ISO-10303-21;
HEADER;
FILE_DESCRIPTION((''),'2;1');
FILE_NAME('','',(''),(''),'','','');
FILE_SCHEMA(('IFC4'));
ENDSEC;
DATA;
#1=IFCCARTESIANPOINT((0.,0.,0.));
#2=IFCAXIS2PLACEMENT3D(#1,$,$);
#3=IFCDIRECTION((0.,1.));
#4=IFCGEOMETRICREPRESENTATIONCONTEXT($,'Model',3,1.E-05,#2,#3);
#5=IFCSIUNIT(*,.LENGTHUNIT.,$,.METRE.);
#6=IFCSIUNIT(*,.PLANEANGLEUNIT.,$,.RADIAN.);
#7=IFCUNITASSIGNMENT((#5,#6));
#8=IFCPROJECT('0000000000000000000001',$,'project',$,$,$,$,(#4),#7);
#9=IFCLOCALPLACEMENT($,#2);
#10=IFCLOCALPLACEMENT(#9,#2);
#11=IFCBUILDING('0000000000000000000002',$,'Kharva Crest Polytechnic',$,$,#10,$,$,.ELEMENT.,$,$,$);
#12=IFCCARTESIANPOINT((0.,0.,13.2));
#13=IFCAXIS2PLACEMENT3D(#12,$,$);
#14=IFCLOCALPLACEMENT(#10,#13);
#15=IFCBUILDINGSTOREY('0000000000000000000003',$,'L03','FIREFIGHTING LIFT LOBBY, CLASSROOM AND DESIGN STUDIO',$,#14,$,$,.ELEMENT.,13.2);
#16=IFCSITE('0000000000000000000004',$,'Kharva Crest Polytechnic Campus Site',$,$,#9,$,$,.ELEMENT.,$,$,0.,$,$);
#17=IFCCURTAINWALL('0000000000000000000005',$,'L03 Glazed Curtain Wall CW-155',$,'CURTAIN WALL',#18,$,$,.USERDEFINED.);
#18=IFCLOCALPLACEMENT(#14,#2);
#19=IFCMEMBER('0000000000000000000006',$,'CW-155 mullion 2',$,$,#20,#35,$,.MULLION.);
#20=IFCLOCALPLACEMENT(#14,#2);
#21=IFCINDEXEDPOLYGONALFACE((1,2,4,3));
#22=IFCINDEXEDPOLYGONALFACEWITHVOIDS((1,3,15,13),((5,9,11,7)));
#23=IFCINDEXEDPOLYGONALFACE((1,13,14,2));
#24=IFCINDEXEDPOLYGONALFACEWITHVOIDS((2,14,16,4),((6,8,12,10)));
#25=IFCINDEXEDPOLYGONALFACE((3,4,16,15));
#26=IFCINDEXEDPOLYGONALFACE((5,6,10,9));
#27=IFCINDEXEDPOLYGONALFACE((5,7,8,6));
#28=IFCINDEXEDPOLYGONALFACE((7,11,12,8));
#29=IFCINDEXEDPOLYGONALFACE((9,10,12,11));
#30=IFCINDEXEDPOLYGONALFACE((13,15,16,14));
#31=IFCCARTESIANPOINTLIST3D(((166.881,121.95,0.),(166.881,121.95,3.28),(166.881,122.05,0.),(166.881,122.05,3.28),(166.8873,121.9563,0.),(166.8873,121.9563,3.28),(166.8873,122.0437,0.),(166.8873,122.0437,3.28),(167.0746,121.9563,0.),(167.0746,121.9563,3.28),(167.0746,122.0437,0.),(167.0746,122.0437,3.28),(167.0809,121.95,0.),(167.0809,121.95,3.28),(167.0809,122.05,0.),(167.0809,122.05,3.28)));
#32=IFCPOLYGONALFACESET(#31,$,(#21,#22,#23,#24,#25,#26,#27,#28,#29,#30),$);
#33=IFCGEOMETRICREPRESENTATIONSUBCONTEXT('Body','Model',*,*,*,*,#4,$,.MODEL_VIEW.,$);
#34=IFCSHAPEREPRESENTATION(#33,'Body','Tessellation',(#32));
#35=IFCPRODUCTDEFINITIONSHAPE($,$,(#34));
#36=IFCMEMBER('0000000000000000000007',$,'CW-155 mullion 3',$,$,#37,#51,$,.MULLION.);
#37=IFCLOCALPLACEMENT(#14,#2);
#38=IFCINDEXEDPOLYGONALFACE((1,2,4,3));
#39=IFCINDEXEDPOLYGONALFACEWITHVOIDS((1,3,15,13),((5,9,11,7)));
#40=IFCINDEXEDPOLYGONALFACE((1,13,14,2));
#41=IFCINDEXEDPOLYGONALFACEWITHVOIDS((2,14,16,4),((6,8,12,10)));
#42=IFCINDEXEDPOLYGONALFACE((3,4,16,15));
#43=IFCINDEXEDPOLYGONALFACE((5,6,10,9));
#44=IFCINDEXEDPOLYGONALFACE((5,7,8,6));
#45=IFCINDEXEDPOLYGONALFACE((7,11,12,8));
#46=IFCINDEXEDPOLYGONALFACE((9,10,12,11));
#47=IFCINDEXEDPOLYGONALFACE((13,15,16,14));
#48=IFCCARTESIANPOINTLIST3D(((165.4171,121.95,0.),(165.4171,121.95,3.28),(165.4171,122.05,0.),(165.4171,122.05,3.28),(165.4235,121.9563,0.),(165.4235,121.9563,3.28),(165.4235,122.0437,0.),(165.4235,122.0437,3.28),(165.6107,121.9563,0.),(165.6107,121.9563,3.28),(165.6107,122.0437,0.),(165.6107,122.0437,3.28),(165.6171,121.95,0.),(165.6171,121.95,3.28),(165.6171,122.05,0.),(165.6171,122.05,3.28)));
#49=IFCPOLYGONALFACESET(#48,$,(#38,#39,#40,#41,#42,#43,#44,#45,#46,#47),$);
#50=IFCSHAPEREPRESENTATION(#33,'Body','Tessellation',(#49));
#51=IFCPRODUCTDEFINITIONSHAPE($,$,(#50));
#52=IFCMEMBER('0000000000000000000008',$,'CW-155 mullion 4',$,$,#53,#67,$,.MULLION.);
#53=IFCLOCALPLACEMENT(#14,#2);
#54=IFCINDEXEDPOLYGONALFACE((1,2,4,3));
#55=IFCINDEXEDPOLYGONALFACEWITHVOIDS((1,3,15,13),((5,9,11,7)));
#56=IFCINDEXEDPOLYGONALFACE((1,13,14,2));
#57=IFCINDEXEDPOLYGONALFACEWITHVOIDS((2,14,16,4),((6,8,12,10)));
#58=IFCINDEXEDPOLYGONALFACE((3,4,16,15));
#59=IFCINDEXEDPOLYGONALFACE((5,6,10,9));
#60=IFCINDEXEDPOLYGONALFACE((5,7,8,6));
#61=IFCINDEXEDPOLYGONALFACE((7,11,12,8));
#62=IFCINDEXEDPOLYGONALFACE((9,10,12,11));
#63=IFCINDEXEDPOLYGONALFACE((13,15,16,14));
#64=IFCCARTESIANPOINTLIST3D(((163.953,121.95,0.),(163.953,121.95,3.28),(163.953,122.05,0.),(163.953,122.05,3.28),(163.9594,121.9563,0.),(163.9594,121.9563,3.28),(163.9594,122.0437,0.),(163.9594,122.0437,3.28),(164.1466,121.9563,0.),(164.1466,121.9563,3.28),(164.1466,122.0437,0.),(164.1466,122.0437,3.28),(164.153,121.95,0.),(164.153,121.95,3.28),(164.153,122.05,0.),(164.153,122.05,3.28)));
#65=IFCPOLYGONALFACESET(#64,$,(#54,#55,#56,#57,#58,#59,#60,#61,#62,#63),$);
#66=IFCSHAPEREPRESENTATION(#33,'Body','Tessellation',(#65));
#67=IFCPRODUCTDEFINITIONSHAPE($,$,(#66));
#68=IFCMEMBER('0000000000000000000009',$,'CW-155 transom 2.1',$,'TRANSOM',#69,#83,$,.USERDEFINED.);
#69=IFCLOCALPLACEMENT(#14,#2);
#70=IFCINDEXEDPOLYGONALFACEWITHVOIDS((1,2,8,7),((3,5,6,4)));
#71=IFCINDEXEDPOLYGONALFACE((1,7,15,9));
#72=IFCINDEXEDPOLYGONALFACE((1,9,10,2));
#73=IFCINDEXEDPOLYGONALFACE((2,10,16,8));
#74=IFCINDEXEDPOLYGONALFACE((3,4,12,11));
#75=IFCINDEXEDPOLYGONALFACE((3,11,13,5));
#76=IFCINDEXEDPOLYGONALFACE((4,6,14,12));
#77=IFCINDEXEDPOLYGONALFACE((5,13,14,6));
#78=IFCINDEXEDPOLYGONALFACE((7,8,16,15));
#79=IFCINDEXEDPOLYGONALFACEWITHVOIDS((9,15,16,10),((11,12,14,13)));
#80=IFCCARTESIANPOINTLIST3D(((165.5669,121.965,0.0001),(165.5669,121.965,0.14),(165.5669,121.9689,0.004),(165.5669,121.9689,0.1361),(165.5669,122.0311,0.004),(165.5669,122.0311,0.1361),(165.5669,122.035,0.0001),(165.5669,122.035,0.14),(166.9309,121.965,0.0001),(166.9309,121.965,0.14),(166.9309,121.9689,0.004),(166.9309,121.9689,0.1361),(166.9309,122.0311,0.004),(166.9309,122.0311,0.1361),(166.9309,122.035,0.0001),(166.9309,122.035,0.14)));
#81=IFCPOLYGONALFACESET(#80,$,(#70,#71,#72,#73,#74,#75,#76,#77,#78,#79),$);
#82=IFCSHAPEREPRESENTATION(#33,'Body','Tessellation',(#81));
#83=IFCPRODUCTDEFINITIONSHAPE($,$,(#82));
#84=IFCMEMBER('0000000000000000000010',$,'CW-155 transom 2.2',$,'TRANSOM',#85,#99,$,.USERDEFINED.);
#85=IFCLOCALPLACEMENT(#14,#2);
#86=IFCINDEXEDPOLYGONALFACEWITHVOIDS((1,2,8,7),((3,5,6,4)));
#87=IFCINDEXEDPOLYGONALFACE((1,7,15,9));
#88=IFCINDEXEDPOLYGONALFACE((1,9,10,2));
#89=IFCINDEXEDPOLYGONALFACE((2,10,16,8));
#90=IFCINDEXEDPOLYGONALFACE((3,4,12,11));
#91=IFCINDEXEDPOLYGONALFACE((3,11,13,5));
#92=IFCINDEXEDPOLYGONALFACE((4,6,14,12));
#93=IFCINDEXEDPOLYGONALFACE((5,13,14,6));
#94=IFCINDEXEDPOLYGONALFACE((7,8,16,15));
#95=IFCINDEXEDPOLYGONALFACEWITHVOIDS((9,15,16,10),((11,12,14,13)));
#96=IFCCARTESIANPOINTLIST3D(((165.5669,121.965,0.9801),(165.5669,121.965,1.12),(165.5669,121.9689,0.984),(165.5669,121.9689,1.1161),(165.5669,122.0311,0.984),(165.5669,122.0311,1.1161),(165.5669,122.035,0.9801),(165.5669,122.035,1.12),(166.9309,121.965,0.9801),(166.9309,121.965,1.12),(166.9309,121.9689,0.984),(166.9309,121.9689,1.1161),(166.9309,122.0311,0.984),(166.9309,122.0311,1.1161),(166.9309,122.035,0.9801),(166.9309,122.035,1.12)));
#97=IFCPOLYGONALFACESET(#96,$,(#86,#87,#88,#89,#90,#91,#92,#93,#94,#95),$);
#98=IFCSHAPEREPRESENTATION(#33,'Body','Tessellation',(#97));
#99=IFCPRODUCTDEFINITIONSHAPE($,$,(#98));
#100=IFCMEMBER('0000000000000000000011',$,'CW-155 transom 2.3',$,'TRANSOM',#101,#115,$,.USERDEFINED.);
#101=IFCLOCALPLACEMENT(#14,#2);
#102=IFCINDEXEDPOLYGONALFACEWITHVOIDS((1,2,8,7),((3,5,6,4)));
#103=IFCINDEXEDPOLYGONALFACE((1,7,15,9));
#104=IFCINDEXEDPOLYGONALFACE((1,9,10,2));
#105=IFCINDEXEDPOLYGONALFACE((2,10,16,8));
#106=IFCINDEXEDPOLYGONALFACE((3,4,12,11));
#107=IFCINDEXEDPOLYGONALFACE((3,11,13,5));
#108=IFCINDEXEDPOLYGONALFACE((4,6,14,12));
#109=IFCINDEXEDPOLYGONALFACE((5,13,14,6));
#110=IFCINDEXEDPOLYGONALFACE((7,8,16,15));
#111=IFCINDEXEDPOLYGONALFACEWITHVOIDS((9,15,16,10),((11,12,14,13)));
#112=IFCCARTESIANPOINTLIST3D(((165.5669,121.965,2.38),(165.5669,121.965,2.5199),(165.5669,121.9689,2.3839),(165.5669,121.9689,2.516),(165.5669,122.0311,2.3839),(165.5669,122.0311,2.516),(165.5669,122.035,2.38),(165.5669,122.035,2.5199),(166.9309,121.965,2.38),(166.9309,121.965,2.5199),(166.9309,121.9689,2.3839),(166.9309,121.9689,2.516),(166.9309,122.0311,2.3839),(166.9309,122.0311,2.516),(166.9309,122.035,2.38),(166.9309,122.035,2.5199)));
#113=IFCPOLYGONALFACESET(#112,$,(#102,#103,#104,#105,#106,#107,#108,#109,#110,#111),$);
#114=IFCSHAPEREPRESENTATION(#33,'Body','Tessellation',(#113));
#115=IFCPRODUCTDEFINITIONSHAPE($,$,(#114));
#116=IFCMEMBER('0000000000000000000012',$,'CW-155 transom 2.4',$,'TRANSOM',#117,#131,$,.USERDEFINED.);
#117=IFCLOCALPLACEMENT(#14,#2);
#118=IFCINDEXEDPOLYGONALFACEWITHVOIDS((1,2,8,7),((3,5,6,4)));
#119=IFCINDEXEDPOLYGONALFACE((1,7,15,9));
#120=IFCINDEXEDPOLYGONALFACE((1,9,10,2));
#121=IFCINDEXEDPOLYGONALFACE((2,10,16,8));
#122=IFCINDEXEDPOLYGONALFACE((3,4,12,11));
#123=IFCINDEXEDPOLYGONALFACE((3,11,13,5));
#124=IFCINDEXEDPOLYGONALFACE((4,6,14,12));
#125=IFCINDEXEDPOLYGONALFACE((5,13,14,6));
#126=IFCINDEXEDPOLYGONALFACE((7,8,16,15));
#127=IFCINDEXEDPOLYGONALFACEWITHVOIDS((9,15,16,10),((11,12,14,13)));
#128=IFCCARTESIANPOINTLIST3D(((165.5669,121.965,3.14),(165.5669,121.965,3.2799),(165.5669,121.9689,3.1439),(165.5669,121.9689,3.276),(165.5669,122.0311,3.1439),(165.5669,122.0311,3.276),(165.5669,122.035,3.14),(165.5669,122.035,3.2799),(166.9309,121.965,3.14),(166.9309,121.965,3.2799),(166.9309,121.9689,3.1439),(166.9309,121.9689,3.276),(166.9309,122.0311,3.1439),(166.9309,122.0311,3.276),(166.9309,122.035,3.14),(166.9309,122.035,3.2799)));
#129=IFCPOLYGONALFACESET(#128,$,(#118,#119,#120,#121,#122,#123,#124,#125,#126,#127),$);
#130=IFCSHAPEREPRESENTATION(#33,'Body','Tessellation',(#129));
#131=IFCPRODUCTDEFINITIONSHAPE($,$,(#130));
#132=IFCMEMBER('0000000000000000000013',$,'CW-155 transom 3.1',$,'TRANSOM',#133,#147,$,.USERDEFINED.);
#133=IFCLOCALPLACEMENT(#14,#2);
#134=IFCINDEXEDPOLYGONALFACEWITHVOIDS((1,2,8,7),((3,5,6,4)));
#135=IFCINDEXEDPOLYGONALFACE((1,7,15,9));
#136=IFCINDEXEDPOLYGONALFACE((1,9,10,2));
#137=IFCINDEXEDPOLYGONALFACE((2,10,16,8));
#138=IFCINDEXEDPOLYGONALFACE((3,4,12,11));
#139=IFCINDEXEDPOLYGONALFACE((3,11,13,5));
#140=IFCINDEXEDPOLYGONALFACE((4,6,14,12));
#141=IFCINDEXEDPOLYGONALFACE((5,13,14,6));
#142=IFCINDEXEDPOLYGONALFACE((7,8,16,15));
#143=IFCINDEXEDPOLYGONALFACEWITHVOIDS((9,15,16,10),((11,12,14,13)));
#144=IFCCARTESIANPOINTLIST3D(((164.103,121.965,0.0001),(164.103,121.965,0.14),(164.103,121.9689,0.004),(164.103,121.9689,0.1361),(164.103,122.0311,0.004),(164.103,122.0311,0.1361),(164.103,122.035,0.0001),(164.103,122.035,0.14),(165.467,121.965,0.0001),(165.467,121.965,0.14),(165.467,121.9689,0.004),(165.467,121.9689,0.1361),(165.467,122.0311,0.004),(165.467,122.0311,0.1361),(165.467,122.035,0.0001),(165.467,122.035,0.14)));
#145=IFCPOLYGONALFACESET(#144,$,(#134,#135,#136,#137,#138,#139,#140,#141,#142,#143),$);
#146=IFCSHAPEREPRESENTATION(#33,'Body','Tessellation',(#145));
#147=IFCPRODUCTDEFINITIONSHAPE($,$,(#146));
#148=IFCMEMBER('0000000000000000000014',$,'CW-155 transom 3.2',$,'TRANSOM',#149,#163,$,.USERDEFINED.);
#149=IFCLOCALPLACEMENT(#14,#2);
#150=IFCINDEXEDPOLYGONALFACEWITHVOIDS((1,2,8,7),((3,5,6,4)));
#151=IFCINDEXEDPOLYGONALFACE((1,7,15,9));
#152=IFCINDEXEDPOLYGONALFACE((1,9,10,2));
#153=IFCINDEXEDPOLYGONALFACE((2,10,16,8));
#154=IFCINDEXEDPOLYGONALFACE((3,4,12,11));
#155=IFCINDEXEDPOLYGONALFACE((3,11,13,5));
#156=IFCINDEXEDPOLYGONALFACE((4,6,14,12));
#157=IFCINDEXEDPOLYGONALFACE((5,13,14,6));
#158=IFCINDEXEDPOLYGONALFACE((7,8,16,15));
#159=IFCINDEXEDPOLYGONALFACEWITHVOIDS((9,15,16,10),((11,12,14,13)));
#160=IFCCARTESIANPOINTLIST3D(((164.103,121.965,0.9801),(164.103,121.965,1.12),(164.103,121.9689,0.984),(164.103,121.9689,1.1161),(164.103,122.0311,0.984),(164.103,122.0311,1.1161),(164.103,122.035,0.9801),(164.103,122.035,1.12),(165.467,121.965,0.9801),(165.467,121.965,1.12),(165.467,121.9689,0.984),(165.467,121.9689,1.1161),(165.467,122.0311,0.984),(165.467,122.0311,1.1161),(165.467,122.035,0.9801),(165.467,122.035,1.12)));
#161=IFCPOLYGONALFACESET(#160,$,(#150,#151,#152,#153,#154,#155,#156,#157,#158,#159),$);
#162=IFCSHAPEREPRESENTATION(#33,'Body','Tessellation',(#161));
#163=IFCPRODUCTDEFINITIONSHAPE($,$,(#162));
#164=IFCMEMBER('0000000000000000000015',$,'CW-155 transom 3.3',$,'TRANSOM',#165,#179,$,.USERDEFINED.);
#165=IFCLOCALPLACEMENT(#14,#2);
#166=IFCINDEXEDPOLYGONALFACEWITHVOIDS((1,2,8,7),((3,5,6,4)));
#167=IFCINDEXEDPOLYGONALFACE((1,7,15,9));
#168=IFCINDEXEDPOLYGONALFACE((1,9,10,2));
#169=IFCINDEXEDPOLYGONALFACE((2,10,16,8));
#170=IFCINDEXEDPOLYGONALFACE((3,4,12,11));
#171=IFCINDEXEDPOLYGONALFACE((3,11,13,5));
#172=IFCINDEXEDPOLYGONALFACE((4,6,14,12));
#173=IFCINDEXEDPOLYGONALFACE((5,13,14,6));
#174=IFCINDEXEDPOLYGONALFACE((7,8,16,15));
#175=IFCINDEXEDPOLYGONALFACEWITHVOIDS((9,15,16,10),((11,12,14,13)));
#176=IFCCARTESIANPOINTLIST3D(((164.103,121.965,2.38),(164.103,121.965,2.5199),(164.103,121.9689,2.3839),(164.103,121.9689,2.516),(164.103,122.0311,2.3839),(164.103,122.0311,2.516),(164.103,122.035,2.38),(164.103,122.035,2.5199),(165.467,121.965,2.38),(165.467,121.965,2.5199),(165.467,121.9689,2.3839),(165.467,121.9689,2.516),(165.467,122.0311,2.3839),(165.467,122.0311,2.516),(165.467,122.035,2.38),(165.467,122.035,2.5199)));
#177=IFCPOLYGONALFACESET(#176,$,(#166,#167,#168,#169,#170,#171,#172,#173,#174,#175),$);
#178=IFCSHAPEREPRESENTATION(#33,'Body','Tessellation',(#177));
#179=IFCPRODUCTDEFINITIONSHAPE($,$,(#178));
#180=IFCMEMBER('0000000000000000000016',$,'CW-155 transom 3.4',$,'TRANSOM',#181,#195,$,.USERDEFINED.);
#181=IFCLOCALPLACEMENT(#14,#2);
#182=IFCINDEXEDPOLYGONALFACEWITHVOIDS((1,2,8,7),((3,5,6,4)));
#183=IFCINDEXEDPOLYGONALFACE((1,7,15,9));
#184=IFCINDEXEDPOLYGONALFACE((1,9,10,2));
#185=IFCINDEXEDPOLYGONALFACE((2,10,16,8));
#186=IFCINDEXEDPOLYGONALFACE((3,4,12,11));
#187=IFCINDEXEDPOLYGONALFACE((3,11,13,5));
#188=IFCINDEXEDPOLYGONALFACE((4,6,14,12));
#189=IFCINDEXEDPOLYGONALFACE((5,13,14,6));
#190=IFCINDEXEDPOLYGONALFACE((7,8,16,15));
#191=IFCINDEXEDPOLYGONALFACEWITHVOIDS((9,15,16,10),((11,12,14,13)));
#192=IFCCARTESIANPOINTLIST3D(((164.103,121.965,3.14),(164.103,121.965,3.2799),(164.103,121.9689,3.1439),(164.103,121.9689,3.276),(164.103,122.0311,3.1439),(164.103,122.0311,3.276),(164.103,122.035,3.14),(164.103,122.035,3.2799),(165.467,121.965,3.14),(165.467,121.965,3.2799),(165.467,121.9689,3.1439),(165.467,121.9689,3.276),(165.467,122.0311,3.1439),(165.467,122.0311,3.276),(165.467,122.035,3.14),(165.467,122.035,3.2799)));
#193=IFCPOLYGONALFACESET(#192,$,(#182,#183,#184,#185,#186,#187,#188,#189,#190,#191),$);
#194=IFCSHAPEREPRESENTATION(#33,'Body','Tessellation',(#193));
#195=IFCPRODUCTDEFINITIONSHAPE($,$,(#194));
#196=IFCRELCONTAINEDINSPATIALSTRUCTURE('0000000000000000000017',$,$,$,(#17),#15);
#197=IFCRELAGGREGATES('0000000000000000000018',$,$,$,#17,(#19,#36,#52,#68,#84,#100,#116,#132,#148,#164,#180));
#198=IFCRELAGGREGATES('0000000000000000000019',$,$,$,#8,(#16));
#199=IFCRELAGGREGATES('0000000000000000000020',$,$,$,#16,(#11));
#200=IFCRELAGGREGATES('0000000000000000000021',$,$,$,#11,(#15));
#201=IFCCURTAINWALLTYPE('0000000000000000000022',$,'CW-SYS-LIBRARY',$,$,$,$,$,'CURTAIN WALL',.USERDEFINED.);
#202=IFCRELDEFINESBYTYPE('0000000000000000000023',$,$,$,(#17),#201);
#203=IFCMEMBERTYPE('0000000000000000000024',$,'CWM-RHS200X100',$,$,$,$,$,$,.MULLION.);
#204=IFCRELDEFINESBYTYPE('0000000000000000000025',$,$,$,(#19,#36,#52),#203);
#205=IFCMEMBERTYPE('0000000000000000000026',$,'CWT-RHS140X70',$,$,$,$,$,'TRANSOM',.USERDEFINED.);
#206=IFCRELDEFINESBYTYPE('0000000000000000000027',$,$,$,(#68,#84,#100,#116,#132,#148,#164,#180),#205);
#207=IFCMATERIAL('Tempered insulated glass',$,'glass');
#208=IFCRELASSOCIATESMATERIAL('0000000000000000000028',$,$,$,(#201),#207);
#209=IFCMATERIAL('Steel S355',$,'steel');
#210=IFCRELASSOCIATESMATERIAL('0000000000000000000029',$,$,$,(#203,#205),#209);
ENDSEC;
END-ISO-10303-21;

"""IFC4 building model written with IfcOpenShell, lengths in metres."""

from ifc_helpers import new_model, si_unit, direction, frame, origin, origin_2d, place, context, subcontext, project, spatial, hollow_rectangle, extrude, material, material_profile, profile_set, type_object, element, aggregate, save


model = new_model("IFC4")

# Units and contexts
model_context = context("Model", 3, precision=1e-05, world=origin(), true_north=direction((0.0, 1.0)))
body_context = subcontext(model_context, "Body", "Model", "MODEL_VIEW")
ifc_project = project(units=[si_unit("LENGTHUNIT", "METRE"), si_unit("PLANEANGLEUNIT", "RADIAN")], contexts=[model_context])

# Site, building, storey
site_placement = place(None, origin())
site = spatial("IfcSite", under=ifc_project, at=site_placement, Name="Kharva Crest Polytechnic Campus Site", CompositionType="ELEMENT", RefElevation=0.0)
building_placement = place(site_placement, origin())
building = spatial("IfcBuilding", under=site, at=building_placement, Name="Kharva Crest Polytechnic", CompositionType="ELEMENT")
storey_placement = place(building_placement, frame((0.0, 0.0, 13.2)))
storey = spatial("IfcBuildingStorey", under=building, at=storey_placement, Name="L03", Description="FIREFIGHTING LIFT LOBBY, CLASSROOM AND DESIGN STUDIO", CompositionType="ELEMENT", Elevation=13.2)

# Curtain wall, members
ifc_material_1 = material(Name="Tempered insulated glass", Category="glass")
curtain_wall_type = type_object("IfcCurtainWallType", Name="CW-SYS-LIBRARY", ElementType="CURTAIN WALL", PredefinedType="USERDEFINED", material=ifc_material_1)
curtain_wall_placement = place(storey_placement, origin())
curtain_wall = element("IfcCurtainWall", 1, at=curtain_wall_placement, inside=storey, type_object=curtain_wall_type, Name="L03 Glazed Curtain Wall CW-155", ObjectType="CURTAIN WALL", PredefinedType="USERDEFINED")
ifc_material_2 = material(Name="Steel S355", Category="steel")
ifc_material_profile_1 = material_profile(ifc_material_2, hollow_rectangle(XDim=0.1001, YDim=0.2, WallThickness=0.0063, at=origin_2d()), Name="RHS 200X100X6.3")
ifc_profile_set_1 = profile_set([ifc_material_profile_1], Name="Steel S355")
member_type_1 = type_object("IfcMemberType", Name="CWM-RHS200X100", PredefinedType="MULLION", material=ifc_profile_set_1)
member_1_placement = place(storey_placement, frame((166.981, 122.0, 0.0), z_axis=(0.0, 0.0, 1.0), x_axis=(0.0, -1.0, 0.0)))
member_1 = element("IfcMember", 2, at=member_1_placement, type_object=member_type_1, Name="CW-155 mullion 2", PredefinedType="MULLION", context=body_context, shape_type="SweptSolid", body=[
    extrude(hollow_rectangle(XDim=0.1001, YDim=0.2, WallThickness=0.0063, at=origin_2d()), origin(), (0.0, 0.0, 1.0), 3.28),
])
member_2_placement = place(storey_placement, frame((165.5171, 122.0, 0.0), z_axis=(0.0, 0.0, 1.0), x_axis=(0.0, -1.0, 0.0)))
member_2 = element("IfcMember", 3, at=member_2_placement, type_object=member_type_1, Name="CW-155 mullion 3", PredefinedType="MULLION", context=body_context, shape_type="SweptSolid", body=[
    extrude(hollow_rectangle(XDim=0.1001, YDim=0.2, WallThickness=0.0063, at=origin_2d()), origin(), (0.0, 0.0, 1.0), 3.28),
])
member_3_placement = place(storey_placement, frame((164.053, 122.0, 0.0), z_axis=(0.0, 0.0, 1.0), x_axis=(0.0, -1.0, 0.0)))
member_3 = element("IfcMember", 4, at=member_3_placement, type_object=member_type_1, Name="CW-155 mullion 4", PredefinedType="MULLION", context=body_context, shape_type="SweptSolid", body=[
    extrude(hollow_rectangle(XDim=0.1001, YDim=0.2, WallThickness=0.0063, at=origin_2d()), origin(), (0.0, 0.0, 1.0), 3.28),
])
ifc_material_profile_2 = material_profile(ifc_material_2, hollow_rectangle(XDim=0.0701, YDim=0.1399, WallThickness=0.0039, at=origin_2d()), Name="RHS 140X70X4.0")
ifc_profile_set_2 = profile_set([ifc_material_profile_2], Name="Steel S355")
member_type_2 = type_object("IfcMemberType", Name="CWT-RHS140X70", ElementType="TRANSOM", PredefinedType="USERDEFINED", material=ifc_profile_set_2)
member_4_placement = place(storey_placement, frame((166.9309, 122.0, 0.0701), z_axis=(-1.0, 0.0, 0.0), x_axis=(0.0, -1.0, 0.0)))
member_4 = element("IfcMember", 5, at=member_4_placement, type_object=member_type_2, Name="CW-155 transom 2.1", ObjectType="TRANSOM", PredefinedType="USERDEFINED", context=body_context, shape_type="SweptSolid", body=[
    extrude(hollow_rectangle(XDim=0.0701, YDim=0.1399, WallThickness=0.0039, at=origin_2d()), origin(), (0.0, 0.0, 1.0), 1.364),
])
member_5_placement = place(storey_placement, frame((166.9309, 122.0, 1.05), z_axis=(-1.0, 0.0, 0.0), x_axis=(0.0, -1.0, 0.0)))
member_5 = element("IfcMember", 6, at=member_5_placement, type_object=member_type_2, Name="CW-155 transom 2.2", ObjectType="TRANSOM", PredefinedType="USERDEFINED", context=body_context, shape_type="SweptSolid", body=[
    extrude(hollow_rectangle(XDim=0.0701, YDim=0.1399, WallThickness=0.0039, at=origin_2d()), origin(), (0.0, 0.0, 1.0), 1.364),
])
member_6_placement = place(storey_placement, frame((166.9309, 122.0, 2.45), z_axis=(-1.0, 0.0, 0.0), x_axis=(0.0, -1.0, 0.0)))
member_6 = element("IfcMember", 7, at=member_6_placement, type_object=member_type_2, Name="CW-155 transom 2.3", ObjectType="TRANSOM", PredefinedType="USERDEFINED", context=body_context, shape_type="SweptSolid", body=[
    extrude(hollow_rectangle(XDim=0.0701, YDim=0.1399, WallThickness=0.0039, at=origin_2d()), origin(), (0.0, 0.0, 1.0), 1.364),
])
member_7_placement = place(storey_placement, frame((166.9309, 122.0, 3.21), z_axis=(-1.0, 0.0, 0.0), x_axis=(0.0, -1.0, 0.0)))
member_7 = element("IfcMember", 8, at=member_7_placement, type_object=member_type_2, Name="CW-155 transom 2.4", ObjectType="TRANSOM", PredefinedType="USERDEFINED", context=body_context, shape_type="SweptSolid", body=[
    extrude(hollow_rectangle(XDim=0.0701, YDim=0.1399, WallThickness=0.0039, at=origin_2d()), origin(), (0.0, 0.0, 1.0), 1.364),
])
member_8_placement = place(storey_placement, frame((165.467, 122.0, 0.0701), z_axis=(-1.0, 0.0, 0.0), x_axis=(0.0, -1.0, 0.0)))
member_8 = element("IfcMember", 9, at=member_8_placement, type_object=member_type_2, Name="CW-155 transom 3.1", ObjectType="TRANSOM", PredefinedType="USERDEFINED", context=body_context, shape_type="SweptSolid", body=[
    extrude(hollow_rectangle(XDim=0.0701, YDim=0.1399, WallThickness=0.0039, at=origin_2d()), origin(), (0.0, 0.0, 1.0), 1.364),
])
member_9_placement = place(storey_placement, frame((165.467, 122.0, 1.05), z_axis=(-1.0, 0.0, 0.0), x_axis=(0.0, -1.0, 0.0)))
member_9 = element("IfcMember", 10, at=member_9_placement, type_object=member_type_2, Name="CW-155 transom 3.2", ObjectType="TRANSOM", PredefinedType="USERDEFINED", context=body_context, shape_type="SweptSolid", body=[
    extrude(hollow_rectangle(XDim=0.0701, YDim=0.1399, WallThickness=0.0039, at=origin_2d()), origin(), (0.0, 0.0, 1.0), 1.364),
])
member_10_placement = place(storey_placement, frame((165.467, 122.0, 2.45), z_axis=(-1.0, 0.0, 0.0), x_axis=(0.0, -1.0, 0.0)))
member_10 = element("IfcMember", 11, at=member_10_placement, type_object=member_type_2, Name="CW-155 transom 3.3", ObjectType="TRANSOM", PredefinedType="USERDEFINED", context=body_context, shape_type="SweptSolid", body=[
    extrude(hollow_rectangle(XDim=0.0701, YDim=0.1399, WallThickness=0.0039, at=origin_2d()), origin(), (0.0, 0.0, 1.0), 1.364),
])
member_11_placement = place(storey_placement, frame((165.467, 122.0, 3.21), z_axis=(-1.0, 0.0, 0.0), x_axis=(0.0, -1.0, 0.0)))
member_11 = element("IfcMember", 12, at=member_11_placement, type_object=member_type_2, Name="CW-155 transom 3.4", ObjectType="TRANSOM", PredefinedType="USERDEFINED", context=body_context, shape_type="SweptSolid", body=[
    extrude(hollow_rectangle(XDim=0.0701, YDim=0.1399, WallThickness=0.0039, at=origin_2d()), origin(), (0.0, 0.0, 1.0), 1.364),
])
aggregate(curtain_wall, [member_1, member_2, member_3, member_4, member_5, member_6, member_7, member_8, member_9, member_10, member_11])

save(model, "model.ifc")
